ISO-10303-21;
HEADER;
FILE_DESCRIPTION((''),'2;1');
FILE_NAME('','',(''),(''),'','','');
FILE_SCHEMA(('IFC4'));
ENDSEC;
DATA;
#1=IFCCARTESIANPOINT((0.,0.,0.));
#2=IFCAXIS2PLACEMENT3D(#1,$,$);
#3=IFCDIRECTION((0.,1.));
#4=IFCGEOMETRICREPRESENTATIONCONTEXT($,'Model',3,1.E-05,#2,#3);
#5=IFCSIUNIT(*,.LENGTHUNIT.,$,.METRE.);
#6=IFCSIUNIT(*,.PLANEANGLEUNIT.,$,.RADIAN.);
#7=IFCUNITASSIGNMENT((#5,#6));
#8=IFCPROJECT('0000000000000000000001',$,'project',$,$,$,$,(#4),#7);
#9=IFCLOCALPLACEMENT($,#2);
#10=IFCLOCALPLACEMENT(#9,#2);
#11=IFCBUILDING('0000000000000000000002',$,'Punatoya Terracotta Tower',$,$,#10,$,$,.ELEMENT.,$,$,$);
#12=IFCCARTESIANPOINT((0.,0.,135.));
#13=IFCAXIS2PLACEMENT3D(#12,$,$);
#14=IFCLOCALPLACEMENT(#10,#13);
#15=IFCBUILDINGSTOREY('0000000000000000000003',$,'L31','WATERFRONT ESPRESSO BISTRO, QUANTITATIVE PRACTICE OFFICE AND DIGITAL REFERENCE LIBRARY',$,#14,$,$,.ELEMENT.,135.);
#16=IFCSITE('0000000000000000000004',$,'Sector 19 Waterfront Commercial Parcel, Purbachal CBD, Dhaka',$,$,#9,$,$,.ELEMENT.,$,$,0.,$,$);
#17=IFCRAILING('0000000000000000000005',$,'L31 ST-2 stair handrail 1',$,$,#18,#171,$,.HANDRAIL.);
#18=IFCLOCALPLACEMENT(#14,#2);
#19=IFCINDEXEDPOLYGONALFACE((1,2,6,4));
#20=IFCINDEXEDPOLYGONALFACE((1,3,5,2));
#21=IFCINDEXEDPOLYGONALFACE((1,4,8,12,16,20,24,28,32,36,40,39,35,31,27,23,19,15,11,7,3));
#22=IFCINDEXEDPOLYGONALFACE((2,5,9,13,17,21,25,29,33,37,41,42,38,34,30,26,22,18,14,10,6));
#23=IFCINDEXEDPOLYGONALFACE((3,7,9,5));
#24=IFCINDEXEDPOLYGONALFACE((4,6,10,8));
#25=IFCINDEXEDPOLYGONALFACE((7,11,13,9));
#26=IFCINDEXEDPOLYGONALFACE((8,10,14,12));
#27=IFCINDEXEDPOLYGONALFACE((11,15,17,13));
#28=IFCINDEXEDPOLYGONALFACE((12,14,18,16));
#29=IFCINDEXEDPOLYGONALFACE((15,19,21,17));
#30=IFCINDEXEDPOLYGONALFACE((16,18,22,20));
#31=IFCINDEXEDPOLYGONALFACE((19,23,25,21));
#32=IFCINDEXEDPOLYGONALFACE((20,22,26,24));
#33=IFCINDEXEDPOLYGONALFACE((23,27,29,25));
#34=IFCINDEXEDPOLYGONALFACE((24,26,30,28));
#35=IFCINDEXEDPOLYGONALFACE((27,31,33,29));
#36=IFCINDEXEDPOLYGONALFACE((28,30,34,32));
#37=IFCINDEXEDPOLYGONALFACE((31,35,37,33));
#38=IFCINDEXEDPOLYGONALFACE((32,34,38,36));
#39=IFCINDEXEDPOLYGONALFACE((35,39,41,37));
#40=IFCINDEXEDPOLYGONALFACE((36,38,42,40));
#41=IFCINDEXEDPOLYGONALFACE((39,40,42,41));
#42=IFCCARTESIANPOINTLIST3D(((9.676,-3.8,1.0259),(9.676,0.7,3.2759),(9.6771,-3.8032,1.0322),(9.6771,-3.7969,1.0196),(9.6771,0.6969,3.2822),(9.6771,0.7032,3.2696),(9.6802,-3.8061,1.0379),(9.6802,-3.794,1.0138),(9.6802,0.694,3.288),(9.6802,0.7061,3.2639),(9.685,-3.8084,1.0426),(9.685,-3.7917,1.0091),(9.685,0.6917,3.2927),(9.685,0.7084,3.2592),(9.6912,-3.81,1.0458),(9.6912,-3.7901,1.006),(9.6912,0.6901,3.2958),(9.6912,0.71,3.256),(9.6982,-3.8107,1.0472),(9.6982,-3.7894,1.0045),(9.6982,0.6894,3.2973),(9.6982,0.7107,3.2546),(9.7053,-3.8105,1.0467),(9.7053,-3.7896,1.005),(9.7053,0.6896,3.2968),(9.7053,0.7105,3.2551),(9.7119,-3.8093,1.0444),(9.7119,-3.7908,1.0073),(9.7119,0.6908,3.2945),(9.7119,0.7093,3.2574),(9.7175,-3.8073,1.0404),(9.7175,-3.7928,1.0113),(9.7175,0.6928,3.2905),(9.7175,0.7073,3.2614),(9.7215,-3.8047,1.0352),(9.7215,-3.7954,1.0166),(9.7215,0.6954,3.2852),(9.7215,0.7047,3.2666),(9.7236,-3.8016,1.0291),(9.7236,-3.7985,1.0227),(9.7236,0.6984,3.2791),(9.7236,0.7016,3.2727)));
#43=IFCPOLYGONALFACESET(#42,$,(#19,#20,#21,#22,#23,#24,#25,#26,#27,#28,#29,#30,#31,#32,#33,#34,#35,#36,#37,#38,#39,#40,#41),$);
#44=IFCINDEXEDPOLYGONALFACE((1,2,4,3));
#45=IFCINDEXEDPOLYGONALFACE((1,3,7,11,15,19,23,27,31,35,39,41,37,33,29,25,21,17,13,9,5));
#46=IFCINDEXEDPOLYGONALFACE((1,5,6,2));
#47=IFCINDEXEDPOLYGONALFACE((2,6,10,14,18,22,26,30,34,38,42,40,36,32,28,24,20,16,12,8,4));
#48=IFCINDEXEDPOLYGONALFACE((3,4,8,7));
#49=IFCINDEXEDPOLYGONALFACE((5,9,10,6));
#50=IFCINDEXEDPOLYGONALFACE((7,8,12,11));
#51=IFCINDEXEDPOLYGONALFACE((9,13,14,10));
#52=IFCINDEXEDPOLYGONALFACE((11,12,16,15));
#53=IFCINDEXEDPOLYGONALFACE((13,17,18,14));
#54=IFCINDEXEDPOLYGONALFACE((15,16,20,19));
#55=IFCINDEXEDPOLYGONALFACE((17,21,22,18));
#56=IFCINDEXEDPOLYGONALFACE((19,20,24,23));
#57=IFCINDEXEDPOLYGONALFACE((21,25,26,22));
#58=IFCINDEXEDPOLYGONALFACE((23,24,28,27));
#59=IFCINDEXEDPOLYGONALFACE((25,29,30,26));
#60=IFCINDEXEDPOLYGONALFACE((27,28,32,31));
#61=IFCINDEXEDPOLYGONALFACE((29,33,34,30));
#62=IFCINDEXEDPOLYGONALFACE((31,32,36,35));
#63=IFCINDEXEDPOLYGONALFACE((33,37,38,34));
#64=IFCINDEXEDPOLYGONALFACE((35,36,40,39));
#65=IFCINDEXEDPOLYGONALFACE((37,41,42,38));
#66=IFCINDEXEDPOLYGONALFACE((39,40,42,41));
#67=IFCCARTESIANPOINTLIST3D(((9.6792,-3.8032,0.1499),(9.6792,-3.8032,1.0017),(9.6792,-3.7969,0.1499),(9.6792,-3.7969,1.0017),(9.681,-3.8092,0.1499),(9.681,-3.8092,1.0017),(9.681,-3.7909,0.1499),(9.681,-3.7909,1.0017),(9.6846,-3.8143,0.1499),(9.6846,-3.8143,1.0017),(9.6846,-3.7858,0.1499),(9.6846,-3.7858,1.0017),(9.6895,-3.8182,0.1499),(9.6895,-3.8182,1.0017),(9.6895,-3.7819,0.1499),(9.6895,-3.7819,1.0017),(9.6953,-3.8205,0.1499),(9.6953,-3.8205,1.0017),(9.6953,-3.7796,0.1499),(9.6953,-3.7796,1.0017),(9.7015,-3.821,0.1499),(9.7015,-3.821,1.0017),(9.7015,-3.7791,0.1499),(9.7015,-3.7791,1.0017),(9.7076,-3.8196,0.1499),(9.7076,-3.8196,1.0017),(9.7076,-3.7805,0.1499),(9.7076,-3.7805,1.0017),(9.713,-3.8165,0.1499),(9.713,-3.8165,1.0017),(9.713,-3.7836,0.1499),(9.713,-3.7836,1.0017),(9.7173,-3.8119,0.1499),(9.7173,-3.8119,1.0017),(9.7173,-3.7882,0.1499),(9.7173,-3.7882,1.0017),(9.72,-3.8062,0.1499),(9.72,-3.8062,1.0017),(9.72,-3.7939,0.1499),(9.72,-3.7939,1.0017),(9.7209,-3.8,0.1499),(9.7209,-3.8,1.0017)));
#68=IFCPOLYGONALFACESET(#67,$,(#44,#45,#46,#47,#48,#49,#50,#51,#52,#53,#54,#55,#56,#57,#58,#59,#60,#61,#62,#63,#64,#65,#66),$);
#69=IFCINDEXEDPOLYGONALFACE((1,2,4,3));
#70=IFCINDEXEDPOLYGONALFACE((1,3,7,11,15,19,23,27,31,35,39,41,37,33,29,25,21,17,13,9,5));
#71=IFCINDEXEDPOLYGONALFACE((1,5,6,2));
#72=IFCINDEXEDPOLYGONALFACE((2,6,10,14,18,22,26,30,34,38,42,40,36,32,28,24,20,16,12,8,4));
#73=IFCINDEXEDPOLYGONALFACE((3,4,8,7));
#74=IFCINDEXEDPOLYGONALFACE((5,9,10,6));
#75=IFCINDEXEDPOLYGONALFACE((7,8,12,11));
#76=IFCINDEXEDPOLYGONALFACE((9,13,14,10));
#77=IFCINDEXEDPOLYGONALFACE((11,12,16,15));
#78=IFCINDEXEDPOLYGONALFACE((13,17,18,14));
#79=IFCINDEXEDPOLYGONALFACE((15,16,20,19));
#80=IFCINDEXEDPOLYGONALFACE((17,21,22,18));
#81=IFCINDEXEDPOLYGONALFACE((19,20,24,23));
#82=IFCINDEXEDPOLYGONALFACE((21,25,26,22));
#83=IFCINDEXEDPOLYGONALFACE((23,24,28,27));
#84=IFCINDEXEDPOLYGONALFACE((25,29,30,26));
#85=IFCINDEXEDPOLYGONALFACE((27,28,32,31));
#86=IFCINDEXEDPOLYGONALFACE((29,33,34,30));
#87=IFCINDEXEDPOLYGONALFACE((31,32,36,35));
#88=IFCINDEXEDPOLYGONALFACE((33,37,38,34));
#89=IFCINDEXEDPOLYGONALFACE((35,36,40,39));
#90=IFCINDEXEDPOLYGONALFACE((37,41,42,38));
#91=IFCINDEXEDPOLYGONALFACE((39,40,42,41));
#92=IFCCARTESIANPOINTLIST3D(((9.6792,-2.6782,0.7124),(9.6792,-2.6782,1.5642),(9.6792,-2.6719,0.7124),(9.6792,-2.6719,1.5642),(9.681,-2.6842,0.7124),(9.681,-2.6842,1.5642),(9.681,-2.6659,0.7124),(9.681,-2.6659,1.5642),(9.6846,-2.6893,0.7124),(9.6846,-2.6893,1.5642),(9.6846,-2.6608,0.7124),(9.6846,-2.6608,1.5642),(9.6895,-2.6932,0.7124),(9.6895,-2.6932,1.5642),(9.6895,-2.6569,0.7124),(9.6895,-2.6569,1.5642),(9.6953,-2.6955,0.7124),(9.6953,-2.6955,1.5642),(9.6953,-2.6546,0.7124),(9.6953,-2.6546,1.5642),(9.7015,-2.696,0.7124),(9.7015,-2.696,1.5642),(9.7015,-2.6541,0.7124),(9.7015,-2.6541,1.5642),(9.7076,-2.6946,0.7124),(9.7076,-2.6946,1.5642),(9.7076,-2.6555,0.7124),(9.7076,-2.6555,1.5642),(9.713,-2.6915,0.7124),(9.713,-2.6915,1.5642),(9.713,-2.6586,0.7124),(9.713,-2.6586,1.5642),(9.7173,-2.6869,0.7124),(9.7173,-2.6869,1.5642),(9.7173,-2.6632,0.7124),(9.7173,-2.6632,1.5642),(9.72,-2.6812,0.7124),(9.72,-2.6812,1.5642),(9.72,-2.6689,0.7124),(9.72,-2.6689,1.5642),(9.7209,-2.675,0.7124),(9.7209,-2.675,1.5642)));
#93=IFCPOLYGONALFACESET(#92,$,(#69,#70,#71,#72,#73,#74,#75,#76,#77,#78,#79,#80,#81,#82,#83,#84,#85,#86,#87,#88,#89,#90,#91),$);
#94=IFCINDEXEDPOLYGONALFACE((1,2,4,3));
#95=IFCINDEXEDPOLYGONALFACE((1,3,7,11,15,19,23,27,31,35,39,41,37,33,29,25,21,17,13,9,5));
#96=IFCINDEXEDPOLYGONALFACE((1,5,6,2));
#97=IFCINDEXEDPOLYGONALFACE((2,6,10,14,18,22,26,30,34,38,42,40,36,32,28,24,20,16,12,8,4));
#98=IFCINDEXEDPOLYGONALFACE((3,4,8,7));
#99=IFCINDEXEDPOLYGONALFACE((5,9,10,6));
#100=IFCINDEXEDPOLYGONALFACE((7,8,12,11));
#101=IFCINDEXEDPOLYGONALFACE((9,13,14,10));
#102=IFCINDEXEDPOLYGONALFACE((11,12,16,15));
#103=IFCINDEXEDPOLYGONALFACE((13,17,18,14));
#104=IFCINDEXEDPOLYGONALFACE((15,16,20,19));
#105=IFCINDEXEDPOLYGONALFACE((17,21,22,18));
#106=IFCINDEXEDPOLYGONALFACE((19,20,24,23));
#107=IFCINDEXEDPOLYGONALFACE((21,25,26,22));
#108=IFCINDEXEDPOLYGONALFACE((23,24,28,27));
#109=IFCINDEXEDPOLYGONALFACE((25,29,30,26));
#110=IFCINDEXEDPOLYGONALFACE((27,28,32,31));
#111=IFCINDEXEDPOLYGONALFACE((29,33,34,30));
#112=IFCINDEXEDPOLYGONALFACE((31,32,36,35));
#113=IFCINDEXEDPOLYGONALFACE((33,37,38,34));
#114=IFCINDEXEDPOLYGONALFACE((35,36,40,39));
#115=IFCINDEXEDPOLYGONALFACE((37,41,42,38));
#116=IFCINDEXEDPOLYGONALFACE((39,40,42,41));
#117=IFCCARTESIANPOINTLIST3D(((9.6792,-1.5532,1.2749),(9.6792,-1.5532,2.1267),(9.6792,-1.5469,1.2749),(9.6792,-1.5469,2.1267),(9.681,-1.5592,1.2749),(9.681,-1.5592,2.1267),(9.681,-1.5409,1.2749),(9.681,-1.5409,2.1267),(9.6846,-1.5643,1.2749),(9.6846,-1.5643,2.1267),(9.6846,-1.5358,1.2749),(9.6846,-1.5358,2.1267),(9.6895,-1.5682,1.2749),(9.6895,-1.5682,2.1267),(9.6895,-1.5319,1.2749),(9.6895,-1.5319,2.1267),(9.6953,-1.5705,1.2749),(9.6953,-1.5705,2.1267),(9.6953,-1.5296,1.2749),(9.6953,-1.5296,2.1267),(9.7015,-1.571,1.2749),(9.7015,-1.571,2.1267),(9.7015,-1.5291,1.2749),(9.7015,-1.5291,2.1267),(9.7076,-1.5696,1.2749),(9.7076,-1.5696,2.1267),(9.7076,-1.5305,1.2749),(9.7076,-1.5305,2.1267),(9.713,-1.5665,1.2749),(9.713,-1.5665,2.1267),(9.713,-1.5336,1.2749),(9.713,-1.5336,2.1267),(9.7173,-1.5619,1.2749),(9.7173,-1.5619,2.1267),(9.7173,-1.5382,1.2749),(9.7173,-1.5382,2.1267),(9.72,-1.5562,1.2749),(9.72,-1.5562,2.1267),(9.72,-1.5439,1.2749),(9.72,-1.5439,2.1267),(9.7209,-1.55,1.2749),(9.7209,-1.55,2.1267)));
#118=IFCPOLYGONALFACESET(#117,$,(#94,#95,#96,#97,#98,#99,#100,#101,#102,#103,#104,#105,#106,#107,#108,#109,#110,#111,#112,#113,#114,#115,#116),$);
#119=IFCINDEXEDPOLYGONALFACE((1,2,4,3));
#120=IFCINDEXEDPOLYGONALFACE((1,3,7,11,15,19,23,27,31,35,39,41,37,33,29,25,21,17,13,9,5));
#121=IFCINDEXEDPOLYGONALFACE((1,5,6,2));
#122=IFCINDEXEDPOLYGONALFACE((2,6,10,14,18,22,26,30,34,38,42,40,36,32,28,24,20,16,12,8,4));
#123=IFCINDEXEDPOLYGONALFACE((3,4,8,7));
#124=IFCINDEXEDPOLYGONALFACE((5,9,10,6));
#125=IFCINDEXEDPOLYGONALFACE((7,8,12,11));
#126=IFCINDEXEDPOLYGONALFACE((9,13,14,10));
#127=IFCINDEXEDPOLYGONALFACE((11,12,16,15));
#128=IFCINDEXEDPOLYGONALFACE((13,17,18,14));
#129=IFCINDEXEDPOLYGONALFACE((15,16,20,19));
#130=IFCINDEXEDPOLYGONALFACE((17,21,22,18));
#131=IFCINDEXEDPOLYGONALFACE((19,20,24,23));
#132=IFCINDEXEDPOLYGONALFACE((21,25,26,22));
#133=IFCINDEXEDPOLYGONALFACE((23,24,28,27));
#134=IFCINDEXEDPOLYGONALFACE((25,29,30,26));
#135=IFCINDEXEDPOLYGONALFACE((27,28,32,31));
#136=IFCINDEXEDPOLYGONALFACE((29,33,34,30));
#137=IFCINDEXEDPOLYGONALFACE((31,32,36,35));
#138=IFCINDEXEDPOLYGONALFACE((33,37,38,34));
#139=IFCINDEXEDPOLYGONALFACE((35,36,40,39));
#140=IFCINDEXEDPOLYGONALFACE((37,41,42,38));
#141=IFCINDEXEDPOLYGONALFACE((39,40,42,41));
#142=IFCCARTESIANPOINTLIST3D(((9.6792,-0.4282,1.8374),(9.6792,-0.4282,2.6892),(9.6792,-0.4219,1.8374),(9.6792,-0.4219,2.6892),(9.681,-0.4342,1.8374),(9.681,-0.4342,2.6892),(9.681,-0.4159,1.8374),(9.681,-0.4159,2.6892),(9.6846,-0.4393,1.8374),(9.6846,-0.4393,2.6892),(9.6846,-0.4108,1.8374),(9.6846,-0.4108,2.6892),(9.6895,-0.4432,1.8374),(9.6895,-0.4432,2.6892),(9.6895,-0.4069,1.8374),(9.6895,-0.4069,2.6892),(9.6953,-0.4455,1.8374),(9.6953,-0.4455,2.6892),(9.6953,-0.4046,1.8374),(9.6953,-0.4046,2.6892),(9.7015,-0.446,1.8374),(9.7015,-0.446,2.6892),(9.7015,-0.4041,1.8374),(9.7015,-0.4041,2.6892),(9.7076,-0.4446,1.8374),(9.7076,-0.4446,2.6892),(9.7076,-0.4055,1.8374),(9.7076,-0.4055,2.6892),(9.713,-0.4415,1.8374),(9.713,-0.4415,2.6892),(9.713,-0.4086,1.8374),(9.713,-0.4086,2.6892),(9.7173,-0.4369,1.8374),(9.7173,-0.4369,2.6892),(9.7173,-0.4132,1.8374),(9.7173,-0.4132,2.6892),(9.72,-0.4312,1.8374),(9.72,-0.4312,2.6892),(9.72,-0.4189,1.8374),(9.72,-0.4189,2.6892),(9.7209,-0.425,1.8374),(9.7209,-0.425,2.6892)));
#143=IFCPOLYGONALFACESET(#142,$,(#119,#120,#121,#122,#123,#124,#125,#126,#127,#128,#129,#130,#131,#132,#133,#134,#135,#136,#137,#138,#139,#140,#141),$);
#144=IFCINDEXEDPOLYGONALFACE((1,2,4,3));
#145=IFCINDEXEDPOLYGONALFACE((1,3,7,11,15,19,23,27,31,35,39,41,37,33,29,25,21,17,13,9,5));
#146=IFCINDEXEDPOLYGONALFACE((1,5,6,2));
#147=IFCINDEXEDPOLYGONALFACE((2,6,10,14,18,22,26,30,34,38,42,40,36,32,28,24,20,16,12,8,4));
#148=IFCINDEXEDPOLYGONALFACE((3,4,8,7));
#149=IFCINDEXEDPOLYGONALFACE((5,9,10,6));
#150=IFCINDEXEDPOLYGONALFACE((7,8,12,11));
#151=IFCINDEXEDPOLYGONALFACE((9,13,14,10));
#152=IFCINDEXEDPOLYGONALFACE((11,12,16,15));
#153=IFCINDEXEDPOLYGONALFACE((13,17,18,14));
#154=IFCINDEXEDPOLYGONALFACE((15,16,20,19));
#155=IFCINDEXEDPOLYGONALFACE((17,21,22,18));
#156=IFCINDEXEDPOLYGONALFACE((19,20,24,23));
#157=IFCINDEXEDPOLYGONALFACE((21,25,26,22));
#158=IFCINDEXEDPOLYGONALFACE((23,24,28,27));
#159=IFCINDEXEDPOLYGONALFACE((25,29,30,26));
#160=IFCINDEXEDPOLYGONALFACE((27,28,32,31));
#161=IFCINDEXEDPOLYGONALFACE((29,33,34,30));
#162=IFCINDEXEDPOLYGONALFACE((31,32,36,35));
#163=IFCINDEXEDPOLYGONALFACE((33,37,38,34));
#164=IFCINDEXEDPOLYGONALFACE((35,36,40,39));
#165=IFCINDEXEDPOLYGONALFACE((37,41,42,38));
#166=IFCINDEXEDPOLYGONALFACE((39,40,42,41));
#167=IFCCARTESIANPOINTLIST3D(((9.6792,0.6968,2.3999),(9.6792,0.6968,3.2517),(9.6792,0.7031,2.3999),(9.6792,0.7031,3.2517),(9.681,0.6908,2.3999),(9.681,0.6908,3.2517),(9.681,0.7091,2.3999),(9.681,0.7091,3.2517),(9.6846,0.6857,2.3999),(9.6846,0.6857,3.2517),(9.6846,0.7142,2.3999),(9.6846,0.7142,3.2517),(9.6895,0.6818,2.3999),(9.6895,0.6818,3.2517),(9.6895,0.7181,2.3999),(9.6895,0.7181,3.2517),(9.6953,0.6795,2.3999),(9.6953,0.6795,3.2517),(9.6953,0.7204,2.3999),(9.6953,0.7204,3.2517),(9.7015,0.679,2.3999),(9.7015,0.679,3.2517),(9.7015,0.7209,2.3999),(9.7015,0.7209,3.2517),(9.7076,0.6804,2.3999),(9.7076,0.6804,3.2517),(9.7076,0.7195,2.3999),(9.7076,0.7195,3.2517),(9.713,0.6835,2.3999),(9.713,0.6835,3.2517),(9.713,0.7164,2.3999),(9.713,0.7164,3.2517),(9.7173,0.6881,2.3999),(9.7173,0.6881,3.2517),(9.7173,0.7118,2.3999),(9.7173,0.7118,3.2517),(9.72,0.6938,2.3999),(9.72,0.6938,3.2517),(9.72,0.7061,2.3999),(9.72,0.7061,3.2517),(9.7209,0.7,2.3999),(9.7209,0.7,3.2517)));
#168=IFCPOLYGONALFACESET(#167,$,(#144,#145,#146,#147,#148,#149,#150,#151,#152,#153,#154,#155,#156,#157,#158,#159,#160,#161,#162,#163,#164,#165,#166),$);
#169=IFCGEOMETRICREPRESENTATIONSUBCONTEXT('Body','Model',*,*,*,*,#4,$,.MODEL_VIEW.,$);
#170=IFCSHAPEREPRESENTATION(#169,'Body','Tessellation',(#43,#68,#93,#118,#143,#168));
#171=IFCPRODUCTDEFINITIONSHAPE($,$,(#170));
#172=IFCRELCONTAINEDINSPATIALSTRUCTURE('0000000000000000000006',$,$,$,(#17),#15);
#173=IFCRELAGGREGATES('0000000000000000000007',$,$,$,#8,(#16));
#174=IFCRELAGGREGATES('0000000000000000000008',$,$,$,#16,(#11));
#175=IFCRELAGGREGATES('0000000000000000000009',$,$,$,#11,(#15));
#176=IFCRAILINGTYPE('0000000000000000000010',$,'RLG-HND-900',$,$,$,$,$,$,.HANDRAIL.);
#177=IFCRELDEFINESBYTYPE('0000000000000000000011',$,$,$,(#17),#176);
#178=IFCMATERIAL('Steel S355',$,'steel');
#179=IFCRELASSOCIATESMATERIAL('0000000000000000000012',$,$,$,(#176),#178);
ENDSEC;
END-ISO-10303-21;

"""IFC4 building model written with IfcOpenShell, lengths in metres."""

from ifc_helpers import new_model, si_unit, direction, frame, origin, origin_2d, place, context, subcontext, project, spatial, circle, extrude, material, type_object, element, save


model = new_model("IFC4")

# Units and contexts
model_context = context("Model", 3, precision=1e-05, world=origin(), true_north=direction((0.0, 1.0)))
body_context = subcontext(model_context, "Body", "Model", "MODEL_VIEW")
ifc_project = project(units=[si_unit("LENGTHUNIT", "METRE"), si_unit("PLANEANGLEUNIT", "RADIAN")], contexts=[model_context])

# Site, building, storey
site_placement = place(None, origin())
site = spatial("IfcSite", under=ifc_project, at=site_placement, Name="Sector 19 Waterfront Commercial Parcel, Purbachal CBD, Dhaka", CompositionType="ELEMENT", RefElevation=0.0)
building_placement = place(site_placement, origin())
building = spatial("IfcBuilding", under=site, at=building_placement, Name="Punatoya Terracotta Tower", CompositionType="ELEMENT")
storey_placement = place(building_placement, frame((0.0, 0.0, 135.0)))
storey = spatial("IfcBuildingStorey", under=building, at=storey_placement, Name="L31", Description="WATERFRONT ESPRESSO BISTRO, QUANTITATIVE PRACTICE OFFICE AND DIGITAL REFERENCE LIBRARY", CompositionType="ELEMENT", Elevation=135.0)

# Shared definitions
ifc_material_1 = material(Name="Steel S355", Category="steel")

# Railing
railing_type_1 = type_object("IfcRailingType", Name="RLG-HND-900", PredefinedType="HANDRAIL", material=ifc_material_1)
railing_1_placement = place(storey_placement, frame((9.7, -3.8, 0.1499)))
element("IfcRailing", 1, at=railing_1_placement, inside=storey, type_object=railing_type_1, Name="L31 ST-2 stair handrail 1", PredefinedType="HANDRAIL", context=body_context, shape_type="SweptSolid", body=[
    extrude(circle(Radius=0.0239, at=origin_2d()), frame((0.0, 0.0, 0.876), z_axis=(0.0, 0.894427, 0.447214), x_axis=(-1.0, 0.0, 0.0)), (0.0, 0.0, 1.0), 5.0312),
    extrude(circle(Radius=0.021, at=origin_2d()), origin(), (0.0, 0.0, 1.0), 0.8518),
    extrude(circle(Radius=0.021, at=origin_2d()), frame((0.0, 1.125, 0.5625)), (0.0, 0.0, 1.0), 0.8518),
    extrude(circle(Radius=0.021, at=origin_2d()), frame((0.0, 2.25, 1.125)), (0.0, 0.0, 1.0), 0.8518),
    extrude(circle(Radius=0.021, at=origin_2d()), frame((0.0, 3.375, 1.6875)), (0.0, 0.0, 1.0), 0.8518),
    extrude(circle(Radius=0.021, at=origin_2d()), frame((0.0, 4.5, 2.25)), (0.0, 0.0, 1.0), 0.8518),
])

save(model, "model.ifc")
